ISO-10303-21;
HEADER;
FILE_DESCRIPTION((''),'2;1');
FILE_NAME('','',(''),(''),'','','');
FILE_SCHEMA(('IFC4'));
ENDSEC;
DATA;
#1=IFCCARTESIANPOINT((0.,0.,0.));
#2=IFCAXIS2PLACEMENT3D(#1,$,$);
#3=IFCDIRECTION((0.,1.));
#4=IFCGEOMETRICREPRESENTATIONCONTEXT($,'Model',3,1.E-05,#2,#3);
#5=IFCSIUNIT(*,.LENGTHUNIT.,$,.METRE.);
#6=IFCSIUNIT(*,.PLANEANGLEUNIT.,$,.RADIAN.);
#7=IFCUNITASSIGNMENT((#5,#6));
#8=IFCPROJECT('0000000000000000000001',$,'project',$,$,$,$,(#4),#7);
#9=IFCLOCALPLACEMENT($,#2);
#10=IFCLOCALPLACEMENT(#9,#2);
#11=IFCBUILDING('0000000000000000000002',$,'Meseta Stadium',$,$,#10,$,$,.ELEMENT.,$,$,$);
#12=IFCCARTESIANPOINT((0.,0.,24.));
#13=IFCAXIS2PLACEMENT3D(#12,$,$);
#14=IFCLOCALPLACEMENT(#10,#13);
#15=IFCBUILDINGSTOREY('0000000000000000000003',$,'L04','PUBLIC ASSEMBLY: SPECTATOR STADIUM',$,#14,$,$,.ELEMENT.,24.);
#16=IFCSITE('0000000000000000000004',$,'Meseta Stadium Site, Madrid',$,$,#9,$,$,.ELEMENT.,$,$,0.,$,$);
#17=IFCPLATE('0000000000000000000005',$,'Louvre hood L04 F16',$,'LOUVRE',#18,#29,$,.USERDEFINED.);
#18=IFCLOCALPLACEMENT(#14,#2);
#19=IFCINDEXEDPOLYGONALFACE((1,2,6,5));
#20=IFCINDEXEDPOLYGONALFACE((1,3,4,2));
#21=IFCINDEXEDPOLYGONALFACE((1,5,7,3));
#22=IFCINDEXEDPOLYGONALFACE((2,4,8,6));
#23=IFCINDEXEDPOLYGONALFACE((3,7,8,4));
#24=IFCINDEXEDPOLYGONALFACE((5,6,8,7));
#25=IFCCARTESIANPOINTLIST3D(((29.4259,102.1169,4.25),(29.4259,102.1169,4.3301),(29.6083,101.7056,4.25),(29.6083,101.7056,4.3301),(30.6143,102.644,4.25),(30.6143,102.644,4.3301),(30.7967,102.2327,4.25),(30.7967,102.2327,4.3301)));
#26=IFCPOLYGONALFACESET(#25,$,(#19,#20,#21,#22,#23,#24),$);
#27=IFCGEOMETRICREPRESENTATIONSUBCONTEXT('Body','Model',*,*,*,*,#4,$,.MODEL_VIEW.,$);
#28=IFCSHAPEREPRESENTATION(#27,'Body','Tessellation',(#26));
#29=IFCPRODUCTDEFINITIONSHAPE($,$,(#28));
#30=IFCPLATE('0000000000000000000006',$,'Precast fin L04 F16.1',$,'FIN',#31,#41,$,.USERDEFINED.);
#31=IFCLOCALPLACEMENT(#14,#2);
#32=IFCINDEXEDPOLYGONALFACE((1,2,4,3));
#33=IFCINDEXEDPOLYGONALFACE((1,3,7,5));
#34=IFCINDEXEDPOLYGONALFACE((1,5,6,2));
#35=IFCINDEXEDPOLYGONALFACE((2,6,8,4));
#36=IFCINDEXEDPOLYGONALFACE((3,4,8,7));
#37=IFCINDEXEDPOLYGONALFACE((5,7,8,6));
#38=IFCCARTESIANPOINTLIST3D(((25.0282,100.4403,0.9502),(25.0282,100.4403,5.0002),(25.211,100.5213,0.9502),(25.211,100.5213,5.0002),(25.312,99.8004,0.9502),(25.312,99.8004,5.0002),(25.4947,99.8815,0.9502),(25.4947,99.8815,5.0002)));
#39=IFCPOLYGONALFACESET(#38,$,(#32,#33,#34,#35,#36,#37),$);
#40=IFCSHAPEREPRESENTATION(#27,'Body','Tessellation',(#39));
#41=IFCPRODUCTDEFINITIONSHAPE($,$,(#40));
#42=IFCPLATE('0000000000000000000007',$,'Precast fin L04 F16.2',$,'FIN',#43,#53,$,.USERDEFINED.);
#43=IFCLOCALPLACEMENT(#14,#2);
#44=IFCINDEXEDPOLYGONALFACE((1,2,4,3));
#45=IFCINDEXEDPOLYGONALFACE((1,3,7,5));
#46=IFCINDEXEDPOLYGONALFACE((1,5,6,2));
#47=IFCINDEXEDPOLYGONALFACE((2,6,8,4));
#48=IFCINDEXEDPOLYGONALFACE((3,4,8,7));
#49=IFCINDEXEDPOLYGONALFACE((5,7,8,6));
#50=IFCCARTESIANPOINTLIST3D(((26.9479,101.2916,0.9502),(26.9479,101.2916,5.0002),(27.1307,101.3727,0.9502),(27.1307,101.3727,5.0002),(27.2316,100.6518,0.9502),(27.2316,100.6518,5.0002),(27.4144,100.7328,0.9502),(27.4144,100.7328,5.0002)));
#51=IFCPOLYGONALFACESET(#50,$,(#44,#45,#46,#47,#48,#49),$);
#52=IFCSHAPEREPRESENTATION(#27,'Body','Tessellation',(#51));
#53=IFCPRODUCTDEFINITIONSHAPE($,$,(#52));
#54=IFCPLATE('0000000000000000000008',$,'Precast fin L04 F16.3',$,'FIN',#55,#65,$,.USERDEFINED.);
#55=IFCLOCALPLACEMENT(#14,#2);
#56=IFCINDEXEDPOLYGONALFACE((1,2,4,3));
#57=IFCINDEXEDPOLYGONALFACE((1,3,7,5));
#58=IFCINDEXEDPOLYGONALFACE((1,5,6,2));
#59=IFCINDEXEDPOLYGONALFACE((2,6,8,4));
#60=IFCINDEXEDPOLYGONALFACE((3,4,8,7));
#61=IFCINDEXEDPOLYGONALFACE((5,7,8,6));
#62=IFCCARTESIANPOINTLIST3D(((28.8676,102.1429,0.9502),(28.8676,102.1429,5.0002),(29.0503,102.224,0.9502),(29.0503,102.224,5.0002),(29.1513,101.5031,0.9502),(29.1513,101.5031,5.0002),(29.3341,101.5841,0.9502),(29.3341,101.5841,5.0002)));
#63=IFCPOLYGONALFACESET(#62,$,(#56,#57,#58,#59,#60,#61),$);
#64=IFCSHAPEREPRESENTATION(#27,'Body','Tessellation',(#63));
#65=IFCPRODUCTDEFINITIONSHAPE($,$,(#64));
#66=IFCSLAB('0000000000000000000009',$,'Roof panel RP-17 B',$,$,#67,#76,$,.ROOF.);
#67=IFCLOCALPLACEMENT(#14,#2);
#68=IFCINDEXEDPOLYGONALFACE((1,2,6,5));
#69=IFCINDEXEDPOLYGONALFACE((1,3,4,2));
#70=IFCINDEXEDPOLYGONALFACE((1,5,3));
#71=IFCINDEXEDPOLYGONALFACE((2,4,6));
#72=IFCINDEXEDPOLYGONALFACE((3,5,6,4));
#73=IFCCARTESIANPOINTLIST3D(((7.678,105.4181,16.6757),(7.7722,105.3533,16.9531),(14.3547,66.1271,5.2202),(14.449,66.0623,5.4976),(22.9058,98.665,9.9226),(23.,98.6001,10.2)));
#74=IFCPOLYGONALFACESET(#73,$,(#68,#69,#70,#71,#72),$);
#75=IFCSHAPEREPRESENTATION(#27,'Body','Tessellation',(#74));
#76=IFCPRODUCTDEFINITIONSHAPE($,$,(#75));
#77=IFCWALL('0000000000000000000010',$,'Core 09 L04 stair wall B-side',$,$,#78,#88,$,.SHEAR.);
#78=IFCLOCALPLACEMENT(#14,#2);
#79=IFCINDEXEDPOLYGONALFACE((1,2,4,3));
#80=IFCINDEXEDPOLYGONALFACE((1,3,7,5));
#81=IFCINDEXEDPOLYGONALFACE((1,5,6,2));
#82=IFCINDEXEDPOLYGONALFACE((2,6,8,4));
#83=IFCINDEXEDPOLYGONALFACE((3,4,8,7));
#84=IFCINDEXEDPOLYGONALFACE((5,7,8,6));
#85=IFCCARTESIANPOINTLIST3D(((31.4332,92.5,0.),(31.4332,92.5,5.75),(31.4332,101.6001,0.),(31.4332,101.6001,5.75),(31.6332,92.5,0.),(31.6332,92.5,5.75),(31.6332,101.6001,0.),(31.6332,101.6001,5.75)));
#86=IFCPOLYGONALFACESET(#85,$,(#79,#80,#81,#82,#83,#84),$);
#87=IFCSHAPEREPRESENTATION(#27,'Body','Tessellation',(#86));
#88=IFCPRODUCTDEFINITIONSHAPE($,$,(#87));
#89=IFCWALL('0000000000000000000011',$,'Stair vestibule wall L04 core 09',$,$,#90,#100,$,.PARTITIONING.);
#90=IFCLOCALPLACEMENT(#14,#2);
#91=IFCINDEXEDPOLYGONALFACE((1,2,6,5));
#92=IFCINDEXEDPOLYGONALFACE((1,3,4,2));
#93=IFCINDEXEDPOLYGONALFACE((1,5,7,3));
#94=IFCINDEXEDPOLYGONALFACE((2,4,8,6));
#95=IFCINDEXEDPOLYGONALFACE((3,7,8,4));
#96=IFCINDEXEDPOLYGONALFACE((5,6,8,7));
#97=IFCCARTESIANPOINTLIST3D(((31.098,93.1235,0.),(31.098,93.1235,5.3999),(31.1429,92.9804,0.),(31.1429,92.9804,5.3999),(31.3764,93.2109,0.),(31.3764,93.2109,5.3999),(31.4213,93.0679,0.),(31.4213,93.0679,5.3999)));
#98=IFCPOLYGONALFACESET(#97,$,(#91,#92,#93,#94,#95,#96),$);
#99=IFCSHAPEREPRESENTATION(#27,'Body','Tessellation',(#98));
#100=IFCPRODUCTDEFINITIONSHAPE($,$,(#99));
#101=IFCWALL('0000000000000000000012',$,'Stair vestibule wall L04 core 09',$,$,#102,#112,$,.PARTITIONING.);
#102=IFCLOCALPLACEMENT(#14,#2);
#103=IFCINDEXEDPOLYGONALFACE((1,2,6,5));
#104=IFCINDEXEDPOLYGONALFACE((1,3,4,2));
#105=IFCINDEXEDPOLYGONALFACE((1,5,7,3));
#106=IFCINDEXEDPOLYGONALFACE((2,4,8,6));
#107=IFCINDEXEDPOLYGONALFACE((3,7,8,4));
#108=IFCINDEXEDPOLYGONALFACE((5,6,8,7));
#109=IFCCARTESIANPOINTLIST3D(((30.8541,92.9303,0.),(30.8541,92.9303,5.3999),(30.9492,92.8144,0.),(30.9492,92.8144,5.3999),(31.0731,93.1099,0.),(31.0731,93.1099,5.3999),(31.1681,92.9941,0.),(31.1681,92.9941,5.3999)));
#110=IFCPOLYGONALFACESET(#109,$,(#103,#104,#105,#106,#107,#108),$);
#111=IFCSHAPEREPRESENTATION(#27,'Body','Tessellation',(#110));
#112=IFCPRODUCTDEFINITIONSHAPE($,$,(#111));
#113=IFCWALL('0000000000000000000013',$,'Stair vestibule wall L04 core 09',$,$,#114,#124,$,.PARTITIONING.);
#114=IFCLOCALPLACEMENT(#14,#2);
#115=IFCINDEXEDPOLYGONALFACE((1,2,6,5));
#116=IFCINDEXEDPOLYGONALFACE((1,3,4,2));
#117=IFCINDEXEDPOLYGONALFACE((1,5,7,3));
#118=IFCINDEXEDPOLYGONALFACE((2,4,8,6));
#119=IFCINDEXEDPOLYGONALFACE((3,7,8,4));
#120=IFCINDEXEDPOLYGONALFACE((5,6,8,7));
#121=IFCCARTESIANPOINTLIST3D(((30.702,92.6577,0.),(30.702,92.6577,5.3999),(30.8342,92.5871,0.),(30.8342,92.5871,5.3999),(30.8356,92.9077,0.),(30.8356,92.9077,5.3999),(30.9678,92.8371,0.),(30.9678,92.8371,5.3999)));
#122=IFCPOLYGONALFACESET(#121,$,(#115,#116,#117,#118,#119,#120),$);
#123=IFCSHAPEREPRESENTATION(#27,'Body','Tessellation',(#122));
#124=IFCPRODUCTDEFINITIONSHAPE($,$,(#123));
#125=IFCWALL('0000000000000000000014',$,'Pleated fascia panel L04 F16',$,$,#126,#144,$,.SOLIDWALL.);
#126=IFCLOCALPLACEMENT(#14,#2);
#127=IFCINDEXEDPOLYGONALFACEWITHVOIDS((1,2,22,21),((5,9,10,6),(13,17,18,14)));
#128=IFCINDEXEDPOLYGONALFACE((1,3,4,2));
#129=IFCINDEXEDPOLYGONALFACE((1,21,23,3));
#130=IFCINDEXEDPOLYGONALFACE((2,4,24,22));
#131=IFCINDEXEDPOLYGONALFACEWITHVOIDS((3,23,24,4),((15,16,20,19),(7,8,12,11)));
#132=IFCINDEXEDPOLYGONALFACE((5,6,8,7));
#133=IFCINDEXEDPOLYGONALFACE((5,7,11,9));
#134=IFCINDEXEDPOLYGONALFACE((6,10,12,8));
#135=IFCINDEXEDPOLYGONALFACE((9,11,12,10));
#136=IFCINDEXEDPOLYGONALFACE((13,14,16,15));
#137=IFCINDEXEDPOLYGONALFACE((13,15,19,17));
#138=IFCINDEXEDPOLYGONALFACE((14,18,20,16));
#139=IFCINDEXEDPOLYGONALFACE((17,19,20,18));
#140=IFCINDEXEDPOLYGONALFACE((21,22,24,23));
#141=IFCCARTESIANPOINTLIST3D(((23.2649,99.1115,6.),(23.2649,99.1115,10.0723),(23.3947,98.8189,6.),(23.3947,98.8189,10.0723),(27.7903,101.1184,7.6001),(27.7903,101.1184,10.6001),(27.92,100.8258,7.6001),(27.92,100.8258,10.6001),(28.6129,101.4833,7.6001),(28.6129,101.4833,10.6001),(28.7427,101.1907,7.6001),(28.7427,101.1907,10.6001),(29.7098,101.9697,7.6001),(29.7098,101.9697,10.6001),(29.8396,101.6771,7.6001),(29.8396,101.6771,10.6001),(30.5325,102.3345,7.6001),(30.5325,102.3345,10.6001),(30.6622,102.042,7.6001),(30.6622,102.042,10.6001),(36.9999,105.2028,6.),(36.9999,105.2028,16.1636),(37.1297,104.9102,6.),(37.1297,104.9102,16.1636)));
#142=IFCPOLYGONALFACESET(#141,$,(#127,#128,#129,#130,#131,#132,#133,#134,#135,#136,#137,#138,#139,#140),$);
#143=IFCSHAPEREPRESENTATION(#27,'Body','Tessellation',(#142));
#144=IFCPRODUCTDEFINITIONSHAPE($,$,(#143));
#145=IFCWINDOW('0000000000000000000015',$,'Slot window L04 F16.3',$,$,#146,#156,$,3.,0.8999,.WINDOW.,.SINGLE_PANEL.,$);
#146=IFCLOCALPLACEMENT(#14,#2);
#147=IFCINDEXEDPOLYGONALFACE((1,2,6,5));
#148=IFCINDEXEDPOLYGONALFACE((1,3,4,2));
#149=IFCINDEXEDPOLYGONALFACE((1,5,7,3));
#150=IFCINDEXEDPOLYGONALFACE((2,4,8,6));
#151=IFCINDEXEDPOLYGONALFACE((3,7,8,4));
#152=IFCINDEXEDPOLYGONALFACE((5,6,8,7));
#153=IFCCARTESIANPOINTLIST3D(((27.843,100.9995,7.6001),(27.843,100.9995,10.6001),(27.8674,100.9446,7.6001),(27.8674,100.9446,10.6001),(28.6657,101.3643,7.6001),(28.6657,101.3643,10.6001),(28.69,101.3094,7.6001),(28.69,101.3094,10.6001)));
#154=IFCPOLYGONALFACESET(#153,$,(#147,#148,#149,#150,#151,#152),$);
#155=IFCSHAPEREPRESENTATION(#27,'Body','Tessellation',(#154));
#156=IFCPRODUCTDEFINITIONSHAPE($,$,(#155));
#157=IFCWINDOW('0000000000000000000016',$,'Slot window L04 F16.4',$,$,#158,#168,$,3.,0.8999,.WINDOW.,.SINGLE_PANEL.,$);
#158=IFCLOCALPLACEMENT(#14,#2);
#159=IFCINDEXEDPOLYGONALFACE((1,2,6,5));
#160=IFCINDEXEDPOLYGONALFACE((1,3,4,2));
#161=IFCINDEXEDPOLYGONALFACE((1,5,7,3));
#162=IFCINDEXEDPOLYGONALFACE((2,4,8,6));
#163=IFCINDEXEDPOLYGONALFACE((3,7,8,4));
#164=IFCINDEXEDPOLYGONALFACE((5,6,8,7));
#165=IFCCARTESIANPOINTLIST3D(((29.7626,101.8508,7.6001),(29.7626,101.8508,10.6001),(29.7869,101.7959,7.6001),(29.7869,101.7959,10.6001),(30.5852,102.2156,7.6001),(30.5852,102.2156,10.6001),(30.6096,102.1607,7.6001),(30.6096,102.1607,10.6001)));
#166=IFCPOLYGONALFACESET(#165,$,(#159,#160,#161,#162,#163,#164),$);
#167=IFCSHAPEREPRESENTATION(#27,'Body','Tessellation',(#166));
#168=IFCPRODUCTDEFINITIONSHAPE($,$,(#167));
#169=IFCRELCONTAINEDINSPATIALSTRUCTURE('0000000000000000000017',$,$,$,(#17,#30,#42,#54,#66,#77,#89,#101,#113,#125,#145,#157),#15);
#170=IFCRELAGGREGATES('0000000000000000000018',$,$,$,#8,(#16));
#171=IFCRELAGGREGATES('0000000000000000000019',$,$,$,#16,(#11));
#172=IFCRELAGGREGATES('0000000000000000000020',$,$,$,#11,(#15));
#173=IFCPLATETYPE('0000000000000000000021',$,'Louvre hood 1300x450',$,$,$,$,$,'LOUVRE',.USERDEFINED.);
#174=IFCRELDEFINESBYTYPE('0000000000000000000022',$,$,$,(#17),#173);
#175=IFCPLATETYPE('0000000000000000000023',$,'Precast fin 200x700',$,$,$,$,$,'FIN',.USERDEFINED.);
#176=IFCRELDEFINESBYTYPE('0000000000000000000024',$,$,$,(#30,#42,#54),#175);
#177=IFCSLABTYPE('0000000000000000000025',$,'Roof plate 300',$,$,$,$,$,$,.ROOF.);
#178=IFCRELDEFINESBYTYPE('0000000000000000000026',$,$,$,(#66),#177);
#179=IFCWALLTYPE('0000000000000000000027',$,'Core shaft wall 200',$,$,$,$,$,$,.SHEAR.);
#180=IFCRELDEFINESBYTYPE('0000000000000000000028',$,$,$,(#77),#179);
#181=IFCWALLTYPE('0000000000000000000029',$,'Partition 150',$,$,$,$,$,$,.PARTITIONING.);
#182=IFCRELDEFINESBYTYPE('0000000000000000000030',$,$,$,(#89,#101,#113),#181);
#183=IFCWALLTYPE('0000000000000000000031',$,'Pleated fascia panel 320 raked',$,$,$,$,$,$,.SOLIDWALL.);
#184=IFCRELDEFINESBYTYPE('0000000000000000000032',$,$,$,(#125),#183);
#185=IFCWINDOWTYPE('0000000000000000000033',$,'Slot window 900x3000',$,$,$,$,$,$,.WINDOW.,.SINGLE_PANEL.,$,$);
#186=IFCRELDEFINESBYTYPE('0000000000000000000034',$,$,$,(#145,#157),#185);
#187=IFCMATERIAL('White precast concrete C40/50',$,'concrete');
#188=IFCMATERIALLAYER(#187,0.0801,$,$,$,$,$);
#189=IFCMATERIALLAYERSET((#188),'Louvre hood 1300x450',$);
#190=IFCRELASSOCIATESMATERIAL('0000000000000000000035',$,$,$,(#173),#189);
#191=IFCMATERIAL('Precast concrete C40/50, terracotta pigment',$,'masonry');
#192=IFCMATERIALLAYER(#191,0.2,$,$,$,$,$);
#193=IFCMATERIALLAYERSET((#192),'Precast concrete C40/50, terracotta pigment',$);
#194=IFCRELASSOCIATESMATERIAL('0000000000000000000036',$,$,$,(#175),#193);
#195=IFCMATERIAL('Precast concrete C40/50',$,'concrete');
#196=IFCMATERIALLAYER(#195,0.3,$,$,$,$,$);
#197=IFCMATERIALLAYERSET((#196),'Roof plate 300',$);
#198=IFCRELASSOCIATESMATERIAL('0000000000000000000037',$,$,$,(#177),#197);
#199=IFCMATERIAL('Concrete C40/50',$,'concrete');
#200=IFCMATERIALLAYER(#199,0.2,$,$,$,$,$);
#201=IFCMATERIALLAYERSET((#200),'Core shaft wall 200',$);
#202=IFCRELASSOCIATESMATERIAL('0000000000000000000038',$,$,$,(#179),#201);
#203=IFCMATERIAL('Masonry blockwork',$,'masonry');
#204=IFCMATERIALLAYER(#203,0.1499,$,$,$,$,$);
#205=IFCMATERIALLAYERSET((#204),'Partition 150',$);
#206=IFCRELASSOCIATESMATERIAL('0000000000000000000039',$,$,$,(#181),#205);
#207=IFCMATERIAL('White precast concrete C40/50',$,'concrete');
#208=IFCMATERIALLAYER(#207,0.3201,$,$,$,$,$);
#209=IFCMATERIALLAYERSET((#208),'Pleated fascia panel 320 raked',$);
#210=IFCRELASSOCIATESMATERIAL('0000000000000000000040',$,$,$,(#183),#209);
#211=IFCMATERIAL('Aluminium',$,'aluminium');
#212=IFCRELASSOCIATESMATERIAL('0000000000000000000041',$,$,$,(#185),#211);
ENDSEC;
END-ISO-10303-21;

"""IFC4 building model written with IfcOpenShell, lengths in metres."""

from ifc_helpers import new_model, si_unit, direction, frame, frame_2d, origin, origin_2d, place, context, subcontext, project, spatial, polyline, rectangle, outline, extrude, material, layer, layer_set, type_object, element, fill, save


model = new_model("IFC4")

# Units and contexts
model_context = context("Model", 3, precision=1e-05, world=origin(), true_north=direction((0.0, 1.0)))
body_context = subcontext(model_context, "Body", "Model", "MODEL_VIEW")
ifc_project = project(units=[si_unit("LENGTHUNIT", "METRE"), si_unit("PLANEANGLEUNIT", "RADIAN")], contexts=[model_context])

# Site, building, storey
site_placement = place(None, origin())
site = spatial("IfcSite", under=ifc_project, at=site_placement, Name="Meseta Stadium Site, Madrid", CompositionType="ELEMENT", RefElevation=0.0)
building_placement = place(site_placement, origin())
building = spatial("IfcBuilding", under=site, at=building_placement, Name="Meseta Stadium", CompositionType="ELEMENT")
storey_placement = place(building_placement, frame((0.0, 0.0, 24.0)))
storey = spatial("IfcBuildingStorey", under=building, at=storey_placement, Name="L04", Description="PUBLIC ASSEMBLY: SPECTATOR STADIUM", CompositionType="ELEMENT", Elevation=24.0)

# Plates
ifc_material_1 = material(Name="White precast concrete C40/50", Category="concrete")
ifc_layer_1 = layer(ifc_material_1, 0.0801)
ifc_layer_set_1 = layer_set([ifc_layer_1], Name="Louvre hood 1300x450")
plate_type_1 = type_object("IfcPlateType", Name="Louvre hood 1300x450", ElementType="LOUVRE", PredefinedType="USERDEFINED", material=ifc_layer_set_1)
for number, where, z_axis, x_axis, name in (
    (1, (30.1113, 102.1748, 4.25), (0.0, 0.0, 1.0), (-0.914139, -0.405401, 0.0), "Louvre hood L04 F16"),
):
    element("IfcPlate", number, at=place(storey_placement, frame(where, z_axis=z_axis, x_axis=x_axis)), inside=storey, type_object=plate_type_1, Name=name, ObjectType="LOUVRE", PredefinedType="USERDEFINED", context=body_context, shape_type="SweptSolid", body=[
        extrude(rectangle(XDim=1.3, YDim=0.45, at=origin_2d()), origin(), (0.0, 0.0, 1.0), 0.0801),
    ])
ifc_material_2 = material(Name="Precast concrete C40/50, terracotta pigment", Category="masonry")
ifc_layer_2 = layer(ifc_material_2, 0.2)
ifc_layer_set_2 = layer_set([ifc_layer_2], Name="Precast concrete C40/50, terracotta pigment")
plate_type_2 = type_object("IfcPlateType", Name="Precast fin 200x700", ElementType="FIN", PredefinedType="USERDEFINED", material=ifc_layer_set_2)
for number, where, z_axis, x_axis, name in (
    (2, (25.2615, 100.1609, 0.9502), (0.0, 0.0, 1.0), (0.914139, 0.4054, 0.0), "Precast fin L04 F16.1"),
    (3, (27.1812, 101.0122, 0.9502), (0.0, 0.0, 1.0), (0.914139, 0.4054, 0.0), "Precast fin L04 F16.2"),
    (4, (29.1008, 101.8635, 0.9502), (0.0, 0.0, 1.0), (0.914139, 0.4054, 0.0), "Precast fin L04 F16.3"),
):
    element("IfcPlate", number, at=place(storey_placement, frame(where, z_axis=z_axis, x_axis=x_axis)), inside=storey, type_object=plate_type_2, Name=name, ObjectType="FIN", PredefinedType="USERDEFINED", context=body_context, shape_type="SweptSolid", body=[
        extrude(rectangle(XDim=0.2, YDim=0.7, at=origin_2d()), origin(), (0.0, 0.0, 1.0), 4.05),
    ])

# Slab
ifc_material_3 = material(Name="Precast concrete C40/50", Category="concrete")
ifc_layer_3 = layer(ifc_material_3, 0.3)
ifc_layer_set_3 = layer_set([ifc_layer_3], Name="Roof plate 300")
slab_type = type_object("IfcSlabType", Name="Roof plate 300", PredefinedType="ROOF", material=ifc_layer_set_3)
slab_placement = place(storey_placement, frame((23.0, 98.6001, 10.2), z_axis=(0.314114, -0.216152, 0.924451), x_axis=(-0.251725, -0.957848, -0.138429)))
element("IfcSlab", 5, at=slab_placement, inside=storey, type_object=slab_type, Name="Roof panel RP-17 B", PredefinedType="ROOF", context=body_context, shape_type="SweptSolid", body=[
    extrude(outline(polyline([(0.0, 0.0), (33.9697, 0.0), (-3.5701, -17.6168), (0.0, 0.0)])), origin(), (0.0, 0.0, -1.0), 0.3),
])

# Walls
ifc_material_4 = material(Name="Concrete C40/50", Category="concrete")
ifc_layer_4 = layer(ifc_material_4, 0.2)
ifc_layer_set_4 = layer_set([ifc_layer_4], Name="Core shaft wall 200")
wall_type_1 = type_object("IfcWallType", Name="Core shaft wall 200", PredefinedType="SHEAR", material=ifc_layer_set_4)
wall_1_placement = place(storey_placement, frame((31.5332, 101.6001, 0.0), z_axis=(0.0, 0.0, 1.0), x_axis=(0.0, -1.0, 0.0)))
element("IfcWall", 6, at=wall_1_placement, inside=storey, type_object=wall_type_1, Name="Core 09 L04 stair wall B-side", PredefinedType="SHEAR", context=body_context, shape_type="SweptSolid", body=[
    extrude(rectangle(XDim=9.1001, YDim=0.2, at=frame_2d((4.55, 0.0))), origin(), (0.0, 0.0, 1.0), 5.75),
])
ifc_material_5 = material(Name="Masonry blockwork", Category="masonry")
ifc_layer_5 = layer(ifc_material_5, 0.1499)
ifc_layer_set_5 = layer_set([ifc_layer_5], Name="Partition 150")
wall_type_2 = type_object("IfcWallType", Name="Partition 150", PredefinedType="PARTITIONING", material=ifc_layer_set_5)
wall_2_placement = place(storey_placement, frame((31.3989, 93.1394, 0.0), z_axis=(0.0, 0.0, 1.0), x_axis=(-0.954062, -0.299609, 0.0)))
element("IfcWall", 7, at=wall_2_placement, inside=storey, type_object=wall_type_2, Name="Stair vestibule wall L04 core 09", PredefinedType="PARTITIONING", context=body_context, shape_type="SweptSolid", body=[
    extrude(rectangle(XDim=0.2917, YDim=0.1499, at=frame_2d((0.146, 0.0))), origin(), (0.0, 0.0, 1.0), 5.3999),
])
wall_3_placement = place(storey_placement, frame((31.1206, 93.052, 0.0), z_axis=(0.0, 0.0, 1.0), x_axis=(-0.773073, -0.634317, 0.0)))
element("IfcWall", 8, at=wall_3_placement, inside=storey, type_object=wall_type_2, Name="Stair vestibule wall L04 core 09", PredefinedType="PARTITIONING", context=body_context, shape_type="SweptSolid", body=[
    extrude(rectangle(XDim=0.2832, YDim=0.1499, at=frame_2d((0.1416, 0.0))), origin(), (0.0, 0.0, 1.0), 5.3999),
])
wall_4_placement = place(storey_placement, frame((30.9016, 92.8723, 0.0), z_axis=(0.0, 0.0, 1.0), x_axis=(-0.471169, -0.882043, 0.0)))
element("IfcWall", 9, at=wall_4_placement, inside=storey, type_object=wall_type_2, Name="Stair vestibule wall L04 core 09", PredefinedType="PARTITIONING", context=body_context, shape_type="SweptSolid", body=[
    extrude(rectangle(XDim=0.2834, YDim=0.1499, at=frame_2d((0.1416, 0.0))), origin(), (0.0, 0.0, 1.0), 5.3999),
])

# Wall, openings, windows
ifc_material_6 = material(Name="White precast concrete C40/50", Category="concrete")
ifc_layer_6 = layer(ifc_material_6, 0.3201)
ifc_layer_set_6 = layer_set([ifc_layer_6], Name="Pleated fascia panel 320 raked")
wall_type_3 = type_object("IfcWallType", Name="Pleated fascia panel 320 raked", PredefinedType="SOLIDWALL", material=ifc_layer_set_6)
wall_5_placement = place(storey_placement, frame((23.3298, 98.9651, 6.0), z_axis=(0.0, 0.0, 1.0), x_axis=(0.914137, 0.405406, 0.0)))
wall_5 = element("IfcWall", 10, at=wall_5_placement, inside=storey, type_object=wall_type_3, Name="Pleated fascia panel L04 F16", PredefinedType="SOLIDWALL", context=body_context, shape_type="SweptSolid", body=[
    extrude(outline(polyline([(0.0, 0.0), (15.0251, 0.0), (15.0251, 10.1636), (0.0, 4.0723), (0.0, 0.0)])), frame((0.0, 0.1602, 0.0), z_axis=(0.0, -1.0, 0.0), x_axis=(1.0, 0.0, 0.0)), (0.0, 0.0, 1.0), 0.3201),
])
opening_1_placement = place(wall_5_placement, frame((4.9504, 0.0, 1.6001)))
opening_1 = element("IfcOpeningElement", 11, at=opening_1_placement, cuts=wall_5, PredefinedType="OPENING", context=body_context, shape_type="SweptSolid", body=[
    extrude(rectangle(XDim=0.8999, YDim=3.0, at=frame_2d((0.45, 1.5))), frame((0.0, 0.1699, 0.0), z_axis=(0.0, -1.0, 0.0), x_axis=(1.0, 0.0, 0.0)), (0.0, 0.0, 1.0), 0.3401),
])
opening_2_placement = place(wall_5_placement, frame((7.0503, 0.0, 1.6001)))
opening_2 = element("IfcOpeningElement", 12, at=opening_2_placement, cuts=wall_5, PredefinedType="OPENING", context=body_context, shape_type="SweptSolid", body=[
    extrude(rectangle(XDim=0.8999, YDim=3.0, at=frame_2d((0.45, 1.5))), frame((0.0, 0.1699, 0.0), z_axis=(0.0, -1.0, 0.0), x_axis=(1.0, 0.0, 0.0)), (0.0, 0.0, 1.0), 0.3401),
])
ifc_material_7 = material(Name="Aluminium", Category="aluminium")
window_type_1 = type_object("IfcWindowType", Name="Slot window 900x3000", PartitioningType="SINGLE_PANEL", PredefinedType="WINDOW", material=ifc_material_7)
window_1_placement = place(opening_1_placement, origin())
window_1 = element("IfcWindow", 13, at=window_1_placement, inside=storey, type_object=window_type_1, Name="Slot window L04 F16.3", OverallHeight=3.0, OverallWidth=0.8999, PartitioningType="SINGLE_PANEL", PredefinedType="WINDOW", context=body_context, shape_type="SweptSolid", body=[
    extrude(rectangle(XDim=0.8999, YDim=3.0, at=frame_2d((0.45, 1.5))), frame((0.0, 0.03, 0.0), z_axis=(0.0, -1.0, 0.0), x_axis=(1.0, 0.0, 0.0)), (0.0, 0.0, 1.0), 0.0601),
])
fill(opening_1, window_1)
window_2_placement = place(opening_2_placement, origin())
window_2 = element("IfcWindow", 14, at=window_2_placement, inside=storey, type_object=window_type_1, Name="Slot window L04 F16.4", OverallHeight=3.0, OverallWidth=0.8999, PartitioningType="SINGLE_PANEL", PredefinedType="WINDOW", context=body_context, shape_type="SweptSolid", body=[
    extrude(rectangle(XDim=0.8999, YDim=3.0, at=frame_2d((0.45, 1.5))), frame((0.0, 0.03, 0.0), z_axis=(0.0, -1.0, 0.0), x_axis=(1.0, 0.0, 0.0)), (0.0, 0.0, 1.0), 0.0601),
])
fill(opening_2, window_2)

save(model, "model.ifc")
